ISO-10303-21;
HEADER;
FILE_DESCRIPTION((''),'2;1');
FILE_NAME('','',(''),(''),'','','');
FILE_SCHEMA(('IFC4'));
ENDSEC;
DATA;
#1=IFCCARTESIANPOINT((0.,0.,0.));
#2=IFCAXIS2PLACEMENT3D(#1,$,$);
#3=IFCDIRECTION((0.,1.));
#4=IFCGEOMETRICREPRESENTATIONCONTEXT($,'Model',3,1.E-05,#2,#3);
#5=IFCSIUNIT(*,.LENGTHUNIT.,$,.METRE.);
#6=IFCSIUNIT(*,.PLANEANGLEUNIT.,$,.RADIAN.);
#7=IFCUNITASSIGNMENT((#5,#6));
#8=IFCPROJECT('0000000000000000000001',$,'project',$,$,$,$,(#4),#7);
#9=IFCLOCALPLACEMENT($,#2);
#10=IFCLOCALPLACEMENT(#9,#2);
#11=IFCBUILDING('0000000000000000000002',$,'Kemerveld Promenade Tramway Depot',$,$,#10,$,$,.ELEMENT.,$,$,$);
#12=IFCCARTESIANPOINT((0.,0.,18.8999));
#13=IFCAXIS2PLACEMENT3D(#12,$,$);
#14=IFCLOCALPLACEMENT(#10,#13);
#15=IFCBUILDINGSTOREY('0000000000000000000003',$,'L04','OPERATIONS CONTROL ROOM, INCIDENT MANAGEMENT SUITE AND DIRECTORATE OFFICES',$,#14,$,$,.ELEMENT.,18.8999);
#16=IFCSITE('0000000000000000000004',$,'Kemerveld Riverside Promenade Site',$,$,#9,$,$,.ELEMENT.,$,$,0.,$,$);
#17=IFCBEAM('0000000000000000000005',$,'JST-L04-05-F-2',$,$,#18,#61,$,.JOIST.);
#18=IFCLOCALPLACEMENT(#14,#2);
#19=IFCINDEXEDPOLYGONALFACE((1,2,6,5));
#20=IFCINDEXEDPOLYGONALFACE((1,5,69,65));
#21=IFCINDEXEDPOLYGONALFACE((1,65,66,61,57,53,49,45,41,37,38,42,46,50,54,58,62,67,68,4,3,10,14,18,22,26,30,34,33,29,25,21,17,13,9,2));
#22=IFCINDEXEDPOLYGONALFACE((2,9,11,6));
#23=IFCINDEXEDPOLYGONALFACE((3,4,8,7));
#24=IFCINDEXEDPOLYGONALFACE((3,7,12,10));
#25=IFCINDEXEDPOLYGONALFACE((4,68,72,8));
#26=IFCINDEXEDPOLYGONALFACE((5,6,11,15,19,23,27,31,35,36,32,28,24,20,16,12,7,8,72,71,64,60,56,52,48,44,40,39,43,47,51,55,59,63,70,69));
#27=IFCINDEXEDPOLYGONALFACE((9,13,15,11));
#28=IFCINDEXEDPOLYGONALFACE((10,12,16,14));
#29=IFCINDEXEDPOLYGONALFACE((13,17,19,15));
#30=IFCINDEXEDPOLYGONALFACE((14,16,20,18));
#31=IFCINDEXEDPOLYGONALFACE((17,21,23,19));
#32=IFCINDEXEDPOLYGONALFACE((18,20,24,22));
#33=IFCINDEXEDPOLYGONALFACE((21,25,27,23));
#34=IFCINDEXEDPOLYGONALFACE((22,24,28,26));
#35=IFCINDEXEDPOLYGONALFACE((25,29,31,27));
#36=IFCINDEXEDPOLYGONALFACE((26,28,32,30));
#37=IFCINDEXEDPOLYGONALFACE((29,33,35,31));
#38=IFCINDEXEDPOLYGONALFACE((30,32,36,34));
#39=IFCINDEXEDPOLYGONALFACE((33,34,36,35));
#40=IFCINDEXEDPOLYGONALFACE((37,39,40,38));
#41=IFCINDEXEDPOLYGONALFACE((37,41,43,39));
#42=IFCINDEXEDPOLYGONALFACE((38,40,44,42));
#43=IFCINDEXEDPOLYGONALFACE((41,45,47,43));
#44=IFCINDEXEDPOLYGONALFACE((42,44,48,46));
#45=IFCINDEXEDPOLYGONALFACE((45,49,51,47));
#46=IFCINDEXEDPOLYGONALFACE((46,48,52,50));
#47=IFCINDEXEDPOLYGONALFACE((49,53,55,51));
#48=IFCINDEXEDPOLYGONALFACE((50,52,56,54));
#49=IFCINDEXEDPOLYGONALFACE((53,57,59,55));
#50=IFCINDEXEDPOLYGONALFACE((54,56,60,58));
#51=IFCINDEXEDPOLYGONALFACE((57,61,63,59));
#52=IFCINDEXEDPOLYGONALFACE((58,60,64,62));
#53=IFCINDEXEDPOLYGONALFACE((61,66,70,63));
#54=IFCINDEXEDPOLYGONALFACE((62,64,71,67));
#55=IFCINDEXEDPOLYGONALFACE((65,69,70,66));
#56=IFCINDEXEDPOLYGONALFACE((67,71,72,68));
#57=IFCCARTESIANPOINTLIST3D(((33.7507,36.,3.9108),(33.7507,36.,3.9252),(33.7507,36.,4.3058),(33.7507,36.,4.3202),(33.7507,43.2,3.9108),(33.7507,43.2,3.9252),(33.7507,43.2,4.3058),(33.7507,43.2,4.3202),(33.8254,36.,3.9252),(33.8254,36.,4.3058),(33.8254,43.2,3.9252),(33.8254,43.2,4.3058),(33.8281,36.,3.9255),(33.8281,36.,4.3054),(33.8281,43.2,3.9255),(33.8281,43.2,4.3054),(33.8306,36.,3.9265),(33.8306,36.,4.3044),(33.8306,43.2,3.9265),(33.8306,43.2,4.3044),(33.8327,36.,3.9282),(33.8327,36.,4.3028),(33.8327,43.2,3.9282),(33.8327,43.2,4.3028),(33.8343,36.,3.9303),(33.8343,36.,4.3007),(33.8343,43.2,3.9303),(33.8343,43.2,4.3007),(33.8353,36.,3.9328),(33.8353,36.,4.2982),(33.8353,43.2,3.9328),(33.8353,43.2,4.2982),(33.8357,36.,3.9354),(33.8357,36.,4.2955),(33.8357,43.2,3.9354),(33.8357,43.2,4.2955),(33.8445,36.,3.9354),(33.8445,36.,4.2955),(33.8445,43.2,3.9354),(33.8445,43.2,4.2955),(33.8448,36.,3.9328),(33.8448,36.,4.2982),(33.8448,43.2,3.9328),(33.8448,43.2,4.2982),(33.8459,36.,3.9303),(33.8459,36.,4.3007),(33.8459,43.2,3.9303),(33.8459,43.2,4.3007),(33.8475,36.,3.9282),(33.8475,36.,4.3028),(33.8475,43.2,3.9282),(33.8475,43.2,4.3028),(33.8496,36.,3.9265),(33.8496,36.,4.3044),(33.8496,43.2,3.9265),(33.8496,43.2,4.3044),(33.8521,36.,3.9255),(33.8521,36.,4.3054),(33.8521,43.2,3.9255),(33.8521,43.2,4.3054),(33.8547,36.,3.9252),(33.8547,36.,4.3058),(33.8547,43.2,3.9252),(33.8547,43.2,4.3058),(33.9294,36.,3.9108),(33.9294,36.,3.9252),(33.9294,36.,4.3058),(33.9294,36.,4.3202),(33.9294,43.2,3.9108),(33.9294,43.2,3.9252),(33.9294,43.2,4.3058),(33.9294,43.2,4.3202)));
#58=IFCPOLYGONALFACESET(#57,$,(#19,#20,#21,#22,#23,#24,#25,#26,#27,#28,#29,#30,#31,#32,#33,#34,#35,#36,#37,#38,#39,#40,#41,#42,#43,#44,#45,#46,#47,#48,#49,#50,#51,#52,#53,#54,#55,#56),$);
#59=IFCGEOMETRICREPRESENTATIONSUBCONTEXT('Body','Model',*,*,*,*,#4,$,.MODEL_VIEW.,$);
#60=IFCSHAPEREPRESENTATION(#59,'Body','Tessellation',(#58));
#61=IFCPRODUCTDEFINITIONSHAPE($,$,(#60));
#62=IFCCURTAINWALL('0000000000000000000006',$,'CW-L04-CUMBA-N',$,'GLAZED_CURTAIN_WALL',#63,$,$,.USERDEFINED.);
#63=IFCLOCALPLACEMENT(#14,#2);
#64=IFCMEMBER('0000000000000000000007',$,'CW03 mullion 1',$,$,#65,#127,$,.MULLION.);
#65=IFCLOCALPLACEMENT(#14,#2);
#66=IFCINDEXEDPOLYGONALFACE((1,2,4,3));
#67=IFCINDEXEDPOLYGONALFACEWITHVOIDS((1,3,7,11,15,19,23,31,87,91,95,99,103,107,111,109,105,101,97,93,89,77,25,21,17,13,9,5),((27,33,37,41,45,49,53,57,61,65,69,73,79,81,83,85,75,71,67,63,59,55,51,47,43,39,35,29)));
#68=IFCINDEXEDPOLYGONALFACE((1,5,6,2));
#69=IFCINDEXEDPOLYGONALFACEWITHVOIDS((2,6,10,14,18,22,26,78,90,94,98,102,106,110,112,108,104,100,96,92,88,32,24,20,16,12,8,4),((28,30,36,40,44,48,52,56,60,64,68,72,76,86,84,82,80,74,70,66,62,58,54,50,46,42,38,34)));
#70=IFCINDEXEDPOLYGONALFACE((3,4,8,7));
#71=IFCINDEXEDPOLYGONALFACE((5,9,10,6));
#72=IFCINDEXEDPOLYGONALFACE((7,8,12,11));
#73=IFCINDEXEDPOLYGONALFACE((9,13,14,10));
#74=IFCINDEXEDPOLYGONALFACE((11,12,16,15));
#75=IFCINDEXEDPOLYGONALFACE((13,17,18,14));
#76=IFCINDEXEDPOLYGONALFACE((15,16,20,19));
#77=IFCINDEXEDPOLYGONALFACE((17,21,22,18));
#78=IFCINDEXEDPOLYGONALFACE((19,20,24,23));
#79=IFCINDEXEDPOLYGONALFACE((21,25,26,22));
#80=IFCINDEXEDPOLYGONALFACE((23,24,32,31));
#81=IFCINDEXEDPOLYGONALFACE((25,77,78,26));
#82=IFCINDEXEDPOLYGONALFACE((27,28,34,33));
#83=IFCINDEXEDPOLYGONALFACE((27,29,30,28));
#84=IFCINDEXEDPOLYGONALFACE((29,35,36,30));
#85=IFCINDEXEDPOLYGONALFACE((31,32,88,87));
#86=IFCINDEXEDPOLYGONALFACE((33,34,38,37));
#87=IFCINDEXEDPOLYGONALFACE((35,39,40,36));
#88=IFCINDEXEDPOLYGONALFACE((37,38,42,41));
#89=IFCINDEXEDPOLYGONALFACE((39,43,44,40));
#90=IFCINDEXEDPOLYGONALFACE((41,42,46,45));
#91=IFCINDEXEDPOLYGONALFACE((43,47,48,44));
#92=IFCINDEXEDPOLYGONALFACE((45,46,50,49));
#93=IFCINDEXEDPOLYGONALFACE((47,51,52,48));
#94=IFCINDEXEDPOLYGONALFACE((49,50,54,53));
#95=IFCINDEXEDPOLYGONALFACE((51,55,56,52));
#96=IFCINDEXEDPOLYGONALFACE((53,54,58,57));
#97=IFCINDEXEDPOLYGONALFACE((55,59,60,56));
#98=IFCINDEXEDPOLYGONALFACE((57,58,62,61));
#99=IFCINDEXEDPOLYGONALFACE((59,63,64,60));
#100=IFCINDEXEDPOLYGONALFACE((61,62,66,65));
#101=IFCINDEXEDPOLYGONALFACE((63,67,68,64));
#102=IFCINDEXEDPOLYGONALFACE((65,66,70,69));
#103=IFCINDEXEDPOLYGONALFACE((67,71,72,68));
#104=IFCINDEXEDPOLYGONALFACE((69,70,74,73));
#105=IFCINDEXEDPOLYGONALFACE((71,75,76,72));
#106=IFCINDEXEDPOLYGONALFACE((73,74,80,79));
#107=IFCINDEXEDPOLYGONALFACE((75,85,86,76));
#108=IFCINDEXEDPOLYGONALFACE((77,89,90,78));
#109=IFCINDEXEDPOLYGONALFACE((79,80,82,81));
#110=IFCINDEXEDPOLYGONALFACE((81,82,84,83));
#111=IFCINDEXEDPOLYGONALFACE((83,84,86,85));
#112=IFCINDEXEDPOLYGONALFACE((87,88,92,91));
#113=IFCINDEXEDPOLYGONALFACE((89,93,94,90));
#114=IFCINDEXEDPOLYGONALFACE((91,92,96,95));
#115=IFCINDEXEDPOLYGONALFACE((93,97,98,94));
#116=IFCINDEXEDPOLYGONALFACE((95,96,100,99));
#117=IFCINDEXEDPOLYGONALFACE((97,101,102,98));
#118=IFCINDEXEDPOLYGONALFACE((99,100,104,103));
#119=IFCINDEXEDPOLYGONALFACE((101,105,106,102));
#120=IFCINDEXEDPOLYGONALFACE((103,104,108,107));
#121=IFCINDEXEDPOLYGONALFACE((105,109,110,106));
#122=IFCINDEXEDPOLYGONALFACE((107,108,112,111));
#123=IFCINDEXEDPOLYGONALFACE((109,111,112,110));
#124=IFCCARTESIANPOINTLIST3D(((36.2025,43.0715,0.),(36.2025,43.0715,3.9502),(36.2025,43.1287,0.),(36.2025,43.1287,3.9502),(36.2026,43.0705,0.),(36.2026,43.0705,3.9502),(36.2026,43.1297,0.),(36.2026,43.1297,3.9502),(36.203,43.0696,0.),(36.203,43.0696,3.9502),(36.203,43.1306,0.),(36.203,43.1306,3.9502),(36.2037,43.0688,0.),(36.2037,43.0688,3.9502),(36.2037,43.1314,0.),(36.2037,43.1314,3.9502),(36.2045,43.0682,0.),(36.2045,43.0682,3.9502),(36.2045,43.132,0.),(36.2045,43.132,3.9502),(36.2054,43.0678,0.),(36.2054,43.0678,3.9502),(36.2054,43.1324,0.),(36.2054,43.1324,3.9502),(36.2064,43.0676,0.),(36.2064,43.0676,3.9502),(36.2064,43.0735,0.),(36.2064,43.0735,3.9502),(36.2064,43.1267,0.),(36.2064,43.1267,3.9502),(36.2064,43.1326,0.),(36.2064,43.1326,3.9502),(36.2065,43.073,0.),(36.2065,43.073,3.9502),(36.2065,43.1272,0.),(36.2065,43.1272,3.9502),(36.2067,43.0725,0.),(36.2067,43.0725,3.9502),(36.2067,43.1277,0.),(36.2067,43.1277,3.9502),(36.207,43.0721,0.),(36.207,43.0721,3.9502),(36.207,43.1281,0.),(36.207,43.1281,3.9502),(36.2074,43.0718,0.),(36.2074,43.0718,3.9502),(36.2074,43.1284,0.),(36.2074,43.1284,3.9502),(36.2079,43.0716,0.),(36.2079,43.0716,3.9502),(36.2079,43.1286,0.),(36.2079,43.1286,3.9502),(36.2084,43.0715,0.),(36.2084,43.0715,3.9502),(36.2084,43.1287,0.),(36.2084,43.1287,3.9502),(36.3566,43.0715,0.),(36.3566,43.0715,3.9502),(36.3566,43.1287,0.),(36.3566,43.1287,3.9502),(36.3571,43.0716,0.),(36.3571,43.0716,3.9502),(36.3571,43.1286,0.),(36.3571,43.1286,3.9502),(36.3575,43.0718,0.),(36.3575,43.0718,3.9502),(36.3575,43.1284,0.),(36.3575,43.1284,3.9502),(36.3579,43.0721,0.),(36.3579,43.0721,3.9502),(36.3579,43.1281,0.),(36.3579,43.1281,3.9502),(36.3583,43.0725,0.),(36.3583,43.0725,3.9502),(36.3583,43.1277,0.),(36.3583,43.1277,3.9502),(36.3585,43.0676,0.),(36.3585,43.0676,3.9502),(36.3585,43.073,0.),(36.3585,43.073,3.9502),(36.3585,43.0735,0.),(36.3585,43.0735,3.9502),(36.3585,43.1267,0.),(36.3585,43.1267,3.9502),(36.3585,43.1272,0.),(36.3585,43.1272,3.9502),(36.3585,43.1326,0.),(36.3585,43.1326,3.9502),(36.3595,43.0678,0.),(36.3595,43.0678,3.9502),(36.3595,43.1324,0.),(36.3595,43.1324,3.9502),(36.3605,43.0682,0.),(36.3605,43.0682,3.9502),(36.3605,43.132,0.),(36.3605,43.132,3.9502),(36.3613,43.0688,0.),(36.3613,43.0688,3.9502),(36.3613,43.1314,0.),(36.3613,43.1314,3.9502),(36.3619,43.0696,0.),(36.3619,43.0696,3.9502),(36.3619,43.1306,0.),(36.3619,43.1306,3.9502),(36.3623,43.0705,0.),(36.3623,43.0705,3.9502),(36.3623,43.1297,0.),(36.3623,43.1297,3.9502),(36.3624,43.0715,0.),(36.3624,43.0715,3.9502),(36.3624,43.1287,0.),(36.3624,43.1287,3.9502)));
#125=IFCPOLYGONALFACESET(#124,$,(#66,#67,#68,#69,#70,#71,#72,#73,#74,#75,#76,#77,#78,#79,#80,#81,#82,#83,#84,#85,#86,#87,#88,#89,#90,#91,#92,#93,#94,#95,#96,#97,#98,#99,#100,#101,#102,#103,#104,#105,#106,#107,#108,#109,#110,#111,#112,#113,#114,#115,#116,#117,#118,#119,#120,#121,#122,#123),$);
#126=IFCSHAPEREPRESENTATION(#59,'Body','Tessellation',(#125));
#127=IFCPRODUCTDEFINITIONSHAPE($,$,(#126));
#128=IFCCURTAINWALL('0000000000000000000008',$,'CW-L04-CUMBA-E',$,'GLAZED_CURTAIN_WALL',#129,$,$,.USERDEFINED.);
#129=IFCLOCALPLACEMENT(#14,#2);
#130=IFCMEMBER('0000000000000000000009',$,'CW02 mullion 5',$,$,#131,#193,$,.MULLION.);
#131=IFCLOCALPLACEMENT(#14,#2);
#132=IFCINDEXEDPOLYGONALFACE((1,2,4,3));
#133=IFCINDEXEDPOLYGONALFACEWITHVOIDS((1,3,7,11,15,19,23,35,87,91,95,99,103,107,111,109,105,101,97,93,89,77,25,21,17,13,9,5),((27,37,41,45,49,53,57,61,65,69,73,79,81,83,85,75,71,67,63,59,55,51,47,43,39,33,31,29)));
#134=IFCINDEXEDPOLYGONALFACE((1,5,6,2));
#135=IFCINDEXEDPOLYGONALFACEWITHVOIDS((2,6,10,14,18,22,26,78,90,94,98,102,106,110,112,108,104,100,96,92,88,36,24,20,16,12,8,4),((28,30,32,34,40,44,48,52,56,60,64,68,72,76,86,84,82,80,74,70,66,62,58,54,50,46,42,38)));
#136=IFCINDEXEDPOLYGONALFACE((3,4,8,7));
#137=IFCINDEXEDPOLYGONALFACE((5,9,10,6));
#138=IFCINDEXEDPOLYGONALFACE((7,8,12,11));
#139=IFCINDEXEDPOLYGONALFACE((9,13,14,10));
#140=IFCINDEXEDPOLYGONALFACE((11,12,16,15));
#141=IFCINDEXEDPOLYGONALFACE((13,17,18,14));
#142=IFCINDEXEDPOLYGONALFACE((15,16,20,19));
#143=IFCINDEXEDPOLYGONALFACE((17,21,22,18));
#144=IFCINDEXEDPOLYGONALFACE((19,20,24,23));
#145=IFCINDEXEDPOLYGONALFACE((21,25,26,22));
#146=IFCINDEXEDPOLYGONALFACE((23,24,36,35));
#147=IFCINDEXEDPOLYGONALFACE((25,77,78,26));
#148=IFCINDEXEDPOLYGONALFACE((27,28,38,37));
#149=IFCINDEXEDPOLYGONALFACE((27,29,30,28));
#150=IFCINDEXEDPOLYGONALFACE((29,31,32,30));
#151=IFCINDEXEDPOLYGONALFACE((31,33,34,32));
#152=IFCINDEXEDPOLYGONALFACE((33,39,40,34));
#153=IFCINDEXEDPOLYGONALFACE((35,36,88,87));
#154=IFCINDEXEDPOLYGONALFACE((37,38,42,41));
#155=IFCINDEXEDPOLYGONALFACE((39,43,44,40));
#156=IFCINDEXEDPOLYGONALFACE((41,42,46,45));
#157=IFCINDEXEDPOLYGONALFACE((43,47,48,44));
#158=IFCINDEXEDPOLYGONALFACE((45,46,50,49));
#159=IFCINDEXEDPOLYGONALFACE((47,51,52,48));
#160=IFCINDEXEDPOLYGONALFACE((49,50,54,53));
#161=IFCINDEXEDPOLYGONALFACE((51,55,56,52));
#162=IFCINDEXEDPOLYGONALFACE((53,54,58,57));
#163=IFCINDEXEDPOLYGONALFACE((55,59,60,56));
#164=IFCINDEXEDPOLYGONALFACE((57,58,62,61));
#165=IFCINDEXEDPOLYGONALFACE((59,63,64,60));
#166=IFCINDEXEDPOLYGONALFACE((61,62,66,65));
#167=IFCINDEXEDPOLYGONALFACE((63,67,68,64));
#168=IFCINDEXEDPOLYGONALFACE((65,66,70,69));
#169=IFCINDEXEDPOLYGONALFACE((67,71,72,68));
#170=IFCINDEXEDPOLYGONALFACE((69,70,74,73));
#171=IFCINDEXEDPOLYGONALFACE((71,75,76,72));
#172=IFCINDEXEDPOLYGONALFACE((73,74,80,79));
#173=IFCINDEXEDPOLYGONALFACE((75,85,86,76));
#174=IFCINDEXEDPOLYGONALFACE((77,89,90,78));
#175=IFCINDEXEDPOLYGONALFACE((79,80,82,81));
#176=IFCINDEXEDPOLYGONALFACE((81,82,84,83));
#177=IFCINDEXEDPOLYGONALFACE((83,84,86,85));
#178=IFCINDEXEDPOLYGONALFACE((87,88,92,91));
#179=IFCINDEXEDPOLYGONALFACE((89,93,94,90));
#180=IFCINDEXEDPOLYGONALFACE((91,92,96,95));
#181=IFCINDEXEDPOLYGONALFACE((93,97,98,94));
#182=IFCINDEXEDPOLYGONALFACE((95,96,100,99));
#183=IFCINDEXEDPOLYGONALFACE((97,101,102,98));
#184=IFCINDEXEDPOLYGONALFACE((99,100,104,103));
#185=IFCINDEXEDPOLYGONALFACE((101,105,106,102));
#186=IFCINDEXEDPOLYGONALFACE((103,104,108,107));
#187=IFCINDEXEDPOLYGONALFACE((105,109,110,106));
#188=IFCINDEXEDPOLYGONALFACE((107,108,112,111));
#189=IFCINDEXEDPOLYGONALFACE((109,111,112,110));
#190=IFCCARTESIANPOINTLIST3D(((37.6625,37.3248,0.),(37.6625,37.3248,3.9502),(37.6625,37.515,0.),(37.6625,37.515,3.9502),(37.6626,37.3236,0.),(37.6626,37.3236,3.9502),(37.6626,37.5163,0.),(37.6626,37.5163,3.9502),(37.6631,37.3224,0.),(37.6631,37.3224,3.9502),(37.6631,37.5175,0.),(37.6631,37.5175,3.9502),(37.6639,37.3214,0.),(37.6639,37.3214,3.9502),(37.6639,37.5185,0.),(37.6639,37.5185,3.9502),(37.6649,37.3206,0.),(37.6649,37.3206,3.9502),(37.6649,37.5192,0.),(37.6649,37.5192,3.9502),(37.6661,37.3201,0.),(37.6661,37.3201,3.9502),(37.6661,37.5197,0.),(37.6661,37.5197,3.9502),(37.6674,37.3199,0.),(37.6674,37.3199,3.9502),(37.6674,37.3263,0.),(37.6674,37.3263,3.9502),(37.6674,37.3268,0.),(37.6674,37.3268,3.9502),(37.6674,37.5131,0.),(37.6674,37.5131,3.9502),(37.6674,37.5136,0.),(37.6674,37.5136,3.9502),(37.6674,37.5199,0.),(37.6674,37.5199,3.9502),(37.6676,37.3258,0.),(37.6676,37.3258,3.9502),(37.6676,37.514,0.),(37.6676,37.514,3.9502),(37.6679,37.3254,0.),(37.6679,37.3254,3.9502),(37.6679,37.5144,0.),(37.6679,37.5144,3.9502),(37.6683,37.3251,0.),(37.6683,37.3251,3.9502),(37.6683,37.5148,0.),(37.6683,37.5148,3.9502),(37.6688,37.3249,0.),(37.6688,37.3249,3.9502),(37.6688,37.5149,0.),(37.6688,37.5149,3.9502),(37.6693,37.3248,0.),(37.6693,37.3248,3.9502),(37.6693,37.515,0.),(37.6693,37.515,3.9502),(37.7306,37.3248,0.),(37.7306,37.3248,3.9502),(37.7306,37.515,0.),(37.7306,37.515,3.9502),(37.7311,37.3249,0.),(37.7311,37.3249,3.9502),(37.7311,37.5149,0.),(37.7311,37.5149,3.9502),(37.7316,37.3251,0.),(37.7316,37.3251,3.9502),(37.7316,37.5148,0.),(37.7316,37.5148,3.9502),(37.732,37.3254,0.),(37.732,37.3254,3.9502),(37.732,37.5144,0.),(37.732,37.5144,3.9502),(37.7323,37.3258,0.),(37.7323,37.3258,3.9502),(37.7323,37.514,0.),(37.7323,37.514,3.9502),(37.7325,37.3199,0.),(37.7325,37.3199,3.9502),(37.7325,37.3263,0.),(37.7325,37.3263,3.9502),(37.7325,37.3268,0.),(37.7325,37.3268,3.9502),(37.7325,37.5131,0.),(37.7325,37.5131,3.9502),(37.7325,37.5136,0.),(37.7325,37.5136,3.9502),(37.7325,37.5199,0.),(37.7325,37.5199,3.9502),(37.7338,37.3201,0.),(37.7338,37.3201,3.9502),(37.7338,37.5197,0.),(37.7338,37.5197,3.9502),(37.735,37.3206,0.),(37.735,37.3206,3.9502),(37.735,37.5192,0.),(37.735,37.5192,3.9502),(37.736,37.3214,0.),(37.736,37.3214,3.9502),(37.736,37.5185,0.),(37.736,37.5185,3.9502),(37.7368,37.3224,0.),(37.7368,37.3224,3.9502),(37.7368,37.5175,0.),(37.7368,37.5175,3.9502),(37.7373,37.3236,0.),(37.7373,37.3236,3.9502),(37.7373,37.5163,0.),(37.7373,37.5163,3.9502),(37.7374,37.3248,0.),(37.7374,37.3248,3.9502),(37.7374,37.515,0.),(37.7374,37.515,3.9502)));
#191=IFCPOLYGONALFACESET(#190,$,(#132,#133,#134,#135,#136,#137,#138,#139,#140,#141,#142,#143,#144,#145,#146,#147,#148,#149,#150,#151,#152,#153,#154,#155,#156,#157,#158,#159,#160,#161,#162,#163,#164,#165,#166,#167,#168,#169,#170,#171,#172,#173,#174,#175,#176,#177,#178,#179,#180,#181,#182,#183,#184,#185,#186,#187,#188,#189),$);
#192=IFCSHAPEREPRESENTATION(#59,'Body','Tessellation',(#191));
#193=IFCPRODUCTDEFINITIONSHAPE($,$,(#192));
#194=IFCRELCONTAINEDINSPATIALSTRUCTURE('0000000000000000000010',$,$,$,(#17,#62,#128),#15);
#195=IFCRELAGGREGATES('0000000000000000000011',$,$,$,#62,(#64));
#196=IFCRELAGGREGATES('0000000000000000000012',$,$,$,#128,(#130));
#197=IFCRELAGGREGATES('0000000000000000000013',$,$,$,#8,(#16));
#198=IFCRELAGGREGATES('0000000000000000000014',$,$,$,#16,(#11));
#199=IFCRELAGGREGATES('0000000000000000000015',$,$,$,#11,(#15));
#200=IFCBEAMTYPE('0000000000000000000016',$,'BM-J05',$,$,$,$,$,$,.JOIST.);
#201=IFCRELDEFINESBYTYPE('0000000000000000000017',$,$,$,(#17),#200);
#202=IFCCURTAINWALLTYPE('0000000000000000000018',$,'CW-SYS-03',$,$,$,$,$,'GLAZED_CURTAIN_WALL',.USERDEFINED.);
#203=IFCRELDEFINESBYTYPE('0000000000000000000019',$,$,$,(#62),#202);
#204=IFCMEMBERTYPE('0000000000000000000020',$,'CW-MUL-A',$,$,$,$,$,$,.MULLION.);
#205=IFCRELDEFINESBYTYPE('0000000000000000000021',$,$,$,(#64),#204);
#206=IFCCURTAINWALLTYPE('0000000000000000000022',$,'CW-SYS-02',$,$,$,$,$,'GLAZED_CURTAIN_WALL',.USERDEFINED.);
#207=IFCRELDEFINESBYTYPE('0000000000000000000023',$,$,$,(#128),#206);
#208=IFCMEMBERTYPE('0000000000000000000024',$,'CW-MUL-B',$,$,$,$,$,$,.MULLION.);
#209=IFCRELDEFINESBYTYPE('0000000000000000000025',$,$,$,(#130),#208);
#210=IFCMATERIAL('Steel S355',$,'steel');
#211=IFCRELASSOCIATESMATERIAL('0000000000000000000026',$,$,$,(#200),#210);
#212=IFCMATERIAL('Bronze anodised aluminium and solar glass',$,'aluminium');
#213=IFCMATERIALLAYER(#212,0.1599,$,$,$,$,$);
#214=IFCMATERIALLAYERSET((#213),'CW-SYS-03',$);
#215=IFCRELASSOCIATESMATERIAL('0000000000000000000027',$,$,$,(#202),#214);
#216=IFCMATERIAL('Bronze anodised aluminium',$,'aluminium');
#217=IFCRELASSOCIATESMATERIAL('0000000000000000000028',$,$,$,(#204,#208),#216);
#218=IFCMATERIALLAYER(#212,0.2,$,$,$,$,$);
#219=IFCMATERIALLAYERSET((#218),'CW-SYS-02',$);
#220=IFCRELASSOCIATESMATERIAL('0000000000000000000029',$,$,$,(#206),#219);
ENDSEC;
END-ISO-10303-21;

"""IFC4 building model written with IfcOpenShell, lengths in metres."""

from ifc_helpers import new_model, si_unit, direction, frame, origin, origin_2d, place, context, subcontext, project, spatial, hollow_rectangle, i_section, extrude, material, layer, layer_set, material_profile, profile_set, type_object, element, aggregate, save


model = new_model("IFC4")

# Units and contexts
model_context = context("Model", 3, precision=1e-05, world=origin(), true_north=direction((0.0, 1.0)))
body_context = subcontext(model_context, "Body", "Model", "MODEL_VIEW")
ifc_project = project(units=[si_unit("LENGTHUNIT", "METRE"), si_unit("PLANEANGLEUNIT", "RADIAN")], contexts=[model_context])

# Site, building, storey
site_placement = place(None, origin())
site = spatial("IfcSite", under=ifc_project, at=site_placement, Name="Kemerveld Riverside Promenade Site", CompositionType="ELEMENT", RefElevation=0.0)
building_placement = place(site_placement, origin())
building = spatial("IfcBuilding", under=site, at=building_placement, Name="Kemerveld Promenade Tramway Depot", CompositionType="ELEMENT")
storey_placement = place(building_placement, frame((0.0, 0.0, 18.8999)))
storey = spatial("IfcBuildingStorey", under=building, at=storey_placement, Name="L04", Description="OPERATIONS CONTROL ROOM, INCIDENT MANAGEMENT SUITE AND DIRECTORATE OFFICES", CompositionType="ELEMENT", Elevation=18.8999)

# Shared definitions
ifc_material_1 = material(Name="Steel S355", Category="steel")

# Beam
ifc_material_profile_1 = material_profile(ifc_material_1, i_section(OverallWidth=0.1787, OverallDepth=0.4094, WebThickness=0.0088, FlangeThickness=0.0144, FilletRadius=0.0103, at=origin_2d()), Name="406x178x67 UB")
ifc_profile_set_1 = profile_set([ifc_material_profile_1], Name="Steel S355")
beam_type_1 = type_object("IfcBeamType", Name="BM-J05", PredefinedType="JOIST", material=ifc_profile_set_1)
for number, where, z_axis, x_axis, name in (
    (1, (33.8401, 36.0, 4.1155), (0.0, 1.0, 0.0), (-1.0, 0.0, 0.0), "JST-L04-05-F-2"),
):
    element("IfcBeam", number, at=place(storey_placement, frame(where, z_axis=z_axis, x_axis=x_axis)), inside=storey, type_object=beam_type_1, Name=name, PredefinedType="JOIST", context=body_context, shape_type="SweptSolid", body=[
        extrude(i_section(OverallWidth=0.1787, OverallDepth=0.4094, WebThickness=0.0088, FlangeThickness=0.0144, FilletRadius=0.0103, at=origin_2d()), origin(), (0.0, 0.0, 1.0), 7.2),
    ])

# Curtain wall, member
ifc_material_2 = material(Name="Bronze anodised aluminium and solar glass", Category="aluminium")
ifc_layer_1 = layer(ifc_material_2, 0.1599)
ifc_layer_set_1 = layer_set([ifc_layer_1], Name="CW-SYS-03")
curtain_wall_type_1 = type_object("IfcCurtainWallType", Name="CW-SYS-03", ElementType="GLAZED_CURTAIN_WALL", PredefinedType="USERDEFINED", material=ifc_layer_set_1)
curtain_wall_1_placement = place(storey_placement, origin())
curtain_wall_1 = element("IfcCurtainWall", 2, at=curtain_wall_1_placement, inside=storey, type_object=curtain_wall_type_1, Name="CW-L04-CUMBA-N", ObjectType="GLAZED_CURTAIN_WALL", PredefinedType="USERDEFINED")
ifc_material_3 = material(Name="Bronze anodised aluminium", Category="aluminium")
ifc_material_profile_2 = material_profile(ifc_material_3, hollow_rectangle(XDim=0.0649, YDim=0.1599, WallThickness=0.0039, InnerFilletRadius=0.002, OuterFilletRadius=0.0039, at=origin_2d()), Name="CW-MUL-160x65")
ifc_profile_set_2 = profile_set([ifc_material_profile_2], Name="Bronze anodised aluminium")
member_type_1 = type_object("IfcMemberType", Name="CW-MUL-A", PredefinedType="MULLION", material=ifc_profile_set_2)
member_1_placement = place(storey_placement, frame((36.2825, 43.1001, 0.0), z_axis=(0.0, 0.0, 1.0), x_axis=(0.0, 1.0, 0.0)))
member_1 = element("IfcMember", 3, at=member_1_placement, type_object=member_type_1, Name="CW03 mullion 1", PredefinedType="MULLION", context=body_context, shape_type="SweptSolid", body=[
    extrude(hollow_rectangle(XDim=0.0649, YDim=0.1599, WallThickness=0.0039, InnerFilletRadius=0.002, OuterFilletRadius=0.0039, at=origin_2d()), origin(), (0.0, 0.0, 1.0), 3.9502),
])

# Curtain wall, member
ifc_layer_2 = layer(ifc_material_2, 0.2)
ifc_layer_set_2 = layer_set([ifc_layer_2], Name="CW-SYS-02")
curtain_wall_type_2 = type_object("IfcCurtainWallType", Name="CW-SYS-02", ElementType="GLAZED_CURTAIN_WALL", PredefinedType="USERDEFINED", material=ifc_layer_set_2)
curtain_wall_2_placement = place(storey_placement, origin())
curtain_wall_2 = element("IfcCurtainWall", 4, at=curtain_wall_2_placement, inside=storey, type_object=curtain_wall_type_2, Name="CW-L04-CUMBA-E", ObjectType="GLAZED_CURTAIN_WALL", PredefinedType="USERDEFINED")
ifc_material_profile_3 = material_profile(ifc_material_3, hollow_rectangle(XDim=0.075, YDim=0.2, WallThickness=0.0049, InnerFilletRadius=0.002, OuterFilletRadius=0.0049, at=origin_2d()), Name="CW-MUL-200x75")
ifc_profile_set_3 = profile_set([ifc_material_profile_3], Name="Bronze anodised aluminium")
member_type_2 = type_object("IfcMemberType", Name="CW-MUL-B", PredefinedType="MULLION", material=ifc_profile_set_3)
member_2_placement = place(storey_placement, frame((37.7, 37.4199, 0.0), z_axis=(0.0, 0.0, 1.0), x_axis=(1.0, 0.0, 0.0)))
member_2 = element("IfcMember", 5, at=member_2_placement, type_object=member_type_2, Name="CW02 mullion 5", PredefinedType="MULLION", context=body_context, shape_type="SweptSolid", body=[
    extrude(hollow_rectangle(XDim=0.075, YDim=0.2, WallThickness=0.0049, InnerFilletRadius=0.002, OuterFilletRadius=0.0049, at=origin_2d()), origin(), (0.0, 0.0, 1.0), 3.9502),
])

aggregate(curtain_wall_1, [member_1])

aggregate(curtain_wall_2, [member_2])

save(model, "model.ifc")
